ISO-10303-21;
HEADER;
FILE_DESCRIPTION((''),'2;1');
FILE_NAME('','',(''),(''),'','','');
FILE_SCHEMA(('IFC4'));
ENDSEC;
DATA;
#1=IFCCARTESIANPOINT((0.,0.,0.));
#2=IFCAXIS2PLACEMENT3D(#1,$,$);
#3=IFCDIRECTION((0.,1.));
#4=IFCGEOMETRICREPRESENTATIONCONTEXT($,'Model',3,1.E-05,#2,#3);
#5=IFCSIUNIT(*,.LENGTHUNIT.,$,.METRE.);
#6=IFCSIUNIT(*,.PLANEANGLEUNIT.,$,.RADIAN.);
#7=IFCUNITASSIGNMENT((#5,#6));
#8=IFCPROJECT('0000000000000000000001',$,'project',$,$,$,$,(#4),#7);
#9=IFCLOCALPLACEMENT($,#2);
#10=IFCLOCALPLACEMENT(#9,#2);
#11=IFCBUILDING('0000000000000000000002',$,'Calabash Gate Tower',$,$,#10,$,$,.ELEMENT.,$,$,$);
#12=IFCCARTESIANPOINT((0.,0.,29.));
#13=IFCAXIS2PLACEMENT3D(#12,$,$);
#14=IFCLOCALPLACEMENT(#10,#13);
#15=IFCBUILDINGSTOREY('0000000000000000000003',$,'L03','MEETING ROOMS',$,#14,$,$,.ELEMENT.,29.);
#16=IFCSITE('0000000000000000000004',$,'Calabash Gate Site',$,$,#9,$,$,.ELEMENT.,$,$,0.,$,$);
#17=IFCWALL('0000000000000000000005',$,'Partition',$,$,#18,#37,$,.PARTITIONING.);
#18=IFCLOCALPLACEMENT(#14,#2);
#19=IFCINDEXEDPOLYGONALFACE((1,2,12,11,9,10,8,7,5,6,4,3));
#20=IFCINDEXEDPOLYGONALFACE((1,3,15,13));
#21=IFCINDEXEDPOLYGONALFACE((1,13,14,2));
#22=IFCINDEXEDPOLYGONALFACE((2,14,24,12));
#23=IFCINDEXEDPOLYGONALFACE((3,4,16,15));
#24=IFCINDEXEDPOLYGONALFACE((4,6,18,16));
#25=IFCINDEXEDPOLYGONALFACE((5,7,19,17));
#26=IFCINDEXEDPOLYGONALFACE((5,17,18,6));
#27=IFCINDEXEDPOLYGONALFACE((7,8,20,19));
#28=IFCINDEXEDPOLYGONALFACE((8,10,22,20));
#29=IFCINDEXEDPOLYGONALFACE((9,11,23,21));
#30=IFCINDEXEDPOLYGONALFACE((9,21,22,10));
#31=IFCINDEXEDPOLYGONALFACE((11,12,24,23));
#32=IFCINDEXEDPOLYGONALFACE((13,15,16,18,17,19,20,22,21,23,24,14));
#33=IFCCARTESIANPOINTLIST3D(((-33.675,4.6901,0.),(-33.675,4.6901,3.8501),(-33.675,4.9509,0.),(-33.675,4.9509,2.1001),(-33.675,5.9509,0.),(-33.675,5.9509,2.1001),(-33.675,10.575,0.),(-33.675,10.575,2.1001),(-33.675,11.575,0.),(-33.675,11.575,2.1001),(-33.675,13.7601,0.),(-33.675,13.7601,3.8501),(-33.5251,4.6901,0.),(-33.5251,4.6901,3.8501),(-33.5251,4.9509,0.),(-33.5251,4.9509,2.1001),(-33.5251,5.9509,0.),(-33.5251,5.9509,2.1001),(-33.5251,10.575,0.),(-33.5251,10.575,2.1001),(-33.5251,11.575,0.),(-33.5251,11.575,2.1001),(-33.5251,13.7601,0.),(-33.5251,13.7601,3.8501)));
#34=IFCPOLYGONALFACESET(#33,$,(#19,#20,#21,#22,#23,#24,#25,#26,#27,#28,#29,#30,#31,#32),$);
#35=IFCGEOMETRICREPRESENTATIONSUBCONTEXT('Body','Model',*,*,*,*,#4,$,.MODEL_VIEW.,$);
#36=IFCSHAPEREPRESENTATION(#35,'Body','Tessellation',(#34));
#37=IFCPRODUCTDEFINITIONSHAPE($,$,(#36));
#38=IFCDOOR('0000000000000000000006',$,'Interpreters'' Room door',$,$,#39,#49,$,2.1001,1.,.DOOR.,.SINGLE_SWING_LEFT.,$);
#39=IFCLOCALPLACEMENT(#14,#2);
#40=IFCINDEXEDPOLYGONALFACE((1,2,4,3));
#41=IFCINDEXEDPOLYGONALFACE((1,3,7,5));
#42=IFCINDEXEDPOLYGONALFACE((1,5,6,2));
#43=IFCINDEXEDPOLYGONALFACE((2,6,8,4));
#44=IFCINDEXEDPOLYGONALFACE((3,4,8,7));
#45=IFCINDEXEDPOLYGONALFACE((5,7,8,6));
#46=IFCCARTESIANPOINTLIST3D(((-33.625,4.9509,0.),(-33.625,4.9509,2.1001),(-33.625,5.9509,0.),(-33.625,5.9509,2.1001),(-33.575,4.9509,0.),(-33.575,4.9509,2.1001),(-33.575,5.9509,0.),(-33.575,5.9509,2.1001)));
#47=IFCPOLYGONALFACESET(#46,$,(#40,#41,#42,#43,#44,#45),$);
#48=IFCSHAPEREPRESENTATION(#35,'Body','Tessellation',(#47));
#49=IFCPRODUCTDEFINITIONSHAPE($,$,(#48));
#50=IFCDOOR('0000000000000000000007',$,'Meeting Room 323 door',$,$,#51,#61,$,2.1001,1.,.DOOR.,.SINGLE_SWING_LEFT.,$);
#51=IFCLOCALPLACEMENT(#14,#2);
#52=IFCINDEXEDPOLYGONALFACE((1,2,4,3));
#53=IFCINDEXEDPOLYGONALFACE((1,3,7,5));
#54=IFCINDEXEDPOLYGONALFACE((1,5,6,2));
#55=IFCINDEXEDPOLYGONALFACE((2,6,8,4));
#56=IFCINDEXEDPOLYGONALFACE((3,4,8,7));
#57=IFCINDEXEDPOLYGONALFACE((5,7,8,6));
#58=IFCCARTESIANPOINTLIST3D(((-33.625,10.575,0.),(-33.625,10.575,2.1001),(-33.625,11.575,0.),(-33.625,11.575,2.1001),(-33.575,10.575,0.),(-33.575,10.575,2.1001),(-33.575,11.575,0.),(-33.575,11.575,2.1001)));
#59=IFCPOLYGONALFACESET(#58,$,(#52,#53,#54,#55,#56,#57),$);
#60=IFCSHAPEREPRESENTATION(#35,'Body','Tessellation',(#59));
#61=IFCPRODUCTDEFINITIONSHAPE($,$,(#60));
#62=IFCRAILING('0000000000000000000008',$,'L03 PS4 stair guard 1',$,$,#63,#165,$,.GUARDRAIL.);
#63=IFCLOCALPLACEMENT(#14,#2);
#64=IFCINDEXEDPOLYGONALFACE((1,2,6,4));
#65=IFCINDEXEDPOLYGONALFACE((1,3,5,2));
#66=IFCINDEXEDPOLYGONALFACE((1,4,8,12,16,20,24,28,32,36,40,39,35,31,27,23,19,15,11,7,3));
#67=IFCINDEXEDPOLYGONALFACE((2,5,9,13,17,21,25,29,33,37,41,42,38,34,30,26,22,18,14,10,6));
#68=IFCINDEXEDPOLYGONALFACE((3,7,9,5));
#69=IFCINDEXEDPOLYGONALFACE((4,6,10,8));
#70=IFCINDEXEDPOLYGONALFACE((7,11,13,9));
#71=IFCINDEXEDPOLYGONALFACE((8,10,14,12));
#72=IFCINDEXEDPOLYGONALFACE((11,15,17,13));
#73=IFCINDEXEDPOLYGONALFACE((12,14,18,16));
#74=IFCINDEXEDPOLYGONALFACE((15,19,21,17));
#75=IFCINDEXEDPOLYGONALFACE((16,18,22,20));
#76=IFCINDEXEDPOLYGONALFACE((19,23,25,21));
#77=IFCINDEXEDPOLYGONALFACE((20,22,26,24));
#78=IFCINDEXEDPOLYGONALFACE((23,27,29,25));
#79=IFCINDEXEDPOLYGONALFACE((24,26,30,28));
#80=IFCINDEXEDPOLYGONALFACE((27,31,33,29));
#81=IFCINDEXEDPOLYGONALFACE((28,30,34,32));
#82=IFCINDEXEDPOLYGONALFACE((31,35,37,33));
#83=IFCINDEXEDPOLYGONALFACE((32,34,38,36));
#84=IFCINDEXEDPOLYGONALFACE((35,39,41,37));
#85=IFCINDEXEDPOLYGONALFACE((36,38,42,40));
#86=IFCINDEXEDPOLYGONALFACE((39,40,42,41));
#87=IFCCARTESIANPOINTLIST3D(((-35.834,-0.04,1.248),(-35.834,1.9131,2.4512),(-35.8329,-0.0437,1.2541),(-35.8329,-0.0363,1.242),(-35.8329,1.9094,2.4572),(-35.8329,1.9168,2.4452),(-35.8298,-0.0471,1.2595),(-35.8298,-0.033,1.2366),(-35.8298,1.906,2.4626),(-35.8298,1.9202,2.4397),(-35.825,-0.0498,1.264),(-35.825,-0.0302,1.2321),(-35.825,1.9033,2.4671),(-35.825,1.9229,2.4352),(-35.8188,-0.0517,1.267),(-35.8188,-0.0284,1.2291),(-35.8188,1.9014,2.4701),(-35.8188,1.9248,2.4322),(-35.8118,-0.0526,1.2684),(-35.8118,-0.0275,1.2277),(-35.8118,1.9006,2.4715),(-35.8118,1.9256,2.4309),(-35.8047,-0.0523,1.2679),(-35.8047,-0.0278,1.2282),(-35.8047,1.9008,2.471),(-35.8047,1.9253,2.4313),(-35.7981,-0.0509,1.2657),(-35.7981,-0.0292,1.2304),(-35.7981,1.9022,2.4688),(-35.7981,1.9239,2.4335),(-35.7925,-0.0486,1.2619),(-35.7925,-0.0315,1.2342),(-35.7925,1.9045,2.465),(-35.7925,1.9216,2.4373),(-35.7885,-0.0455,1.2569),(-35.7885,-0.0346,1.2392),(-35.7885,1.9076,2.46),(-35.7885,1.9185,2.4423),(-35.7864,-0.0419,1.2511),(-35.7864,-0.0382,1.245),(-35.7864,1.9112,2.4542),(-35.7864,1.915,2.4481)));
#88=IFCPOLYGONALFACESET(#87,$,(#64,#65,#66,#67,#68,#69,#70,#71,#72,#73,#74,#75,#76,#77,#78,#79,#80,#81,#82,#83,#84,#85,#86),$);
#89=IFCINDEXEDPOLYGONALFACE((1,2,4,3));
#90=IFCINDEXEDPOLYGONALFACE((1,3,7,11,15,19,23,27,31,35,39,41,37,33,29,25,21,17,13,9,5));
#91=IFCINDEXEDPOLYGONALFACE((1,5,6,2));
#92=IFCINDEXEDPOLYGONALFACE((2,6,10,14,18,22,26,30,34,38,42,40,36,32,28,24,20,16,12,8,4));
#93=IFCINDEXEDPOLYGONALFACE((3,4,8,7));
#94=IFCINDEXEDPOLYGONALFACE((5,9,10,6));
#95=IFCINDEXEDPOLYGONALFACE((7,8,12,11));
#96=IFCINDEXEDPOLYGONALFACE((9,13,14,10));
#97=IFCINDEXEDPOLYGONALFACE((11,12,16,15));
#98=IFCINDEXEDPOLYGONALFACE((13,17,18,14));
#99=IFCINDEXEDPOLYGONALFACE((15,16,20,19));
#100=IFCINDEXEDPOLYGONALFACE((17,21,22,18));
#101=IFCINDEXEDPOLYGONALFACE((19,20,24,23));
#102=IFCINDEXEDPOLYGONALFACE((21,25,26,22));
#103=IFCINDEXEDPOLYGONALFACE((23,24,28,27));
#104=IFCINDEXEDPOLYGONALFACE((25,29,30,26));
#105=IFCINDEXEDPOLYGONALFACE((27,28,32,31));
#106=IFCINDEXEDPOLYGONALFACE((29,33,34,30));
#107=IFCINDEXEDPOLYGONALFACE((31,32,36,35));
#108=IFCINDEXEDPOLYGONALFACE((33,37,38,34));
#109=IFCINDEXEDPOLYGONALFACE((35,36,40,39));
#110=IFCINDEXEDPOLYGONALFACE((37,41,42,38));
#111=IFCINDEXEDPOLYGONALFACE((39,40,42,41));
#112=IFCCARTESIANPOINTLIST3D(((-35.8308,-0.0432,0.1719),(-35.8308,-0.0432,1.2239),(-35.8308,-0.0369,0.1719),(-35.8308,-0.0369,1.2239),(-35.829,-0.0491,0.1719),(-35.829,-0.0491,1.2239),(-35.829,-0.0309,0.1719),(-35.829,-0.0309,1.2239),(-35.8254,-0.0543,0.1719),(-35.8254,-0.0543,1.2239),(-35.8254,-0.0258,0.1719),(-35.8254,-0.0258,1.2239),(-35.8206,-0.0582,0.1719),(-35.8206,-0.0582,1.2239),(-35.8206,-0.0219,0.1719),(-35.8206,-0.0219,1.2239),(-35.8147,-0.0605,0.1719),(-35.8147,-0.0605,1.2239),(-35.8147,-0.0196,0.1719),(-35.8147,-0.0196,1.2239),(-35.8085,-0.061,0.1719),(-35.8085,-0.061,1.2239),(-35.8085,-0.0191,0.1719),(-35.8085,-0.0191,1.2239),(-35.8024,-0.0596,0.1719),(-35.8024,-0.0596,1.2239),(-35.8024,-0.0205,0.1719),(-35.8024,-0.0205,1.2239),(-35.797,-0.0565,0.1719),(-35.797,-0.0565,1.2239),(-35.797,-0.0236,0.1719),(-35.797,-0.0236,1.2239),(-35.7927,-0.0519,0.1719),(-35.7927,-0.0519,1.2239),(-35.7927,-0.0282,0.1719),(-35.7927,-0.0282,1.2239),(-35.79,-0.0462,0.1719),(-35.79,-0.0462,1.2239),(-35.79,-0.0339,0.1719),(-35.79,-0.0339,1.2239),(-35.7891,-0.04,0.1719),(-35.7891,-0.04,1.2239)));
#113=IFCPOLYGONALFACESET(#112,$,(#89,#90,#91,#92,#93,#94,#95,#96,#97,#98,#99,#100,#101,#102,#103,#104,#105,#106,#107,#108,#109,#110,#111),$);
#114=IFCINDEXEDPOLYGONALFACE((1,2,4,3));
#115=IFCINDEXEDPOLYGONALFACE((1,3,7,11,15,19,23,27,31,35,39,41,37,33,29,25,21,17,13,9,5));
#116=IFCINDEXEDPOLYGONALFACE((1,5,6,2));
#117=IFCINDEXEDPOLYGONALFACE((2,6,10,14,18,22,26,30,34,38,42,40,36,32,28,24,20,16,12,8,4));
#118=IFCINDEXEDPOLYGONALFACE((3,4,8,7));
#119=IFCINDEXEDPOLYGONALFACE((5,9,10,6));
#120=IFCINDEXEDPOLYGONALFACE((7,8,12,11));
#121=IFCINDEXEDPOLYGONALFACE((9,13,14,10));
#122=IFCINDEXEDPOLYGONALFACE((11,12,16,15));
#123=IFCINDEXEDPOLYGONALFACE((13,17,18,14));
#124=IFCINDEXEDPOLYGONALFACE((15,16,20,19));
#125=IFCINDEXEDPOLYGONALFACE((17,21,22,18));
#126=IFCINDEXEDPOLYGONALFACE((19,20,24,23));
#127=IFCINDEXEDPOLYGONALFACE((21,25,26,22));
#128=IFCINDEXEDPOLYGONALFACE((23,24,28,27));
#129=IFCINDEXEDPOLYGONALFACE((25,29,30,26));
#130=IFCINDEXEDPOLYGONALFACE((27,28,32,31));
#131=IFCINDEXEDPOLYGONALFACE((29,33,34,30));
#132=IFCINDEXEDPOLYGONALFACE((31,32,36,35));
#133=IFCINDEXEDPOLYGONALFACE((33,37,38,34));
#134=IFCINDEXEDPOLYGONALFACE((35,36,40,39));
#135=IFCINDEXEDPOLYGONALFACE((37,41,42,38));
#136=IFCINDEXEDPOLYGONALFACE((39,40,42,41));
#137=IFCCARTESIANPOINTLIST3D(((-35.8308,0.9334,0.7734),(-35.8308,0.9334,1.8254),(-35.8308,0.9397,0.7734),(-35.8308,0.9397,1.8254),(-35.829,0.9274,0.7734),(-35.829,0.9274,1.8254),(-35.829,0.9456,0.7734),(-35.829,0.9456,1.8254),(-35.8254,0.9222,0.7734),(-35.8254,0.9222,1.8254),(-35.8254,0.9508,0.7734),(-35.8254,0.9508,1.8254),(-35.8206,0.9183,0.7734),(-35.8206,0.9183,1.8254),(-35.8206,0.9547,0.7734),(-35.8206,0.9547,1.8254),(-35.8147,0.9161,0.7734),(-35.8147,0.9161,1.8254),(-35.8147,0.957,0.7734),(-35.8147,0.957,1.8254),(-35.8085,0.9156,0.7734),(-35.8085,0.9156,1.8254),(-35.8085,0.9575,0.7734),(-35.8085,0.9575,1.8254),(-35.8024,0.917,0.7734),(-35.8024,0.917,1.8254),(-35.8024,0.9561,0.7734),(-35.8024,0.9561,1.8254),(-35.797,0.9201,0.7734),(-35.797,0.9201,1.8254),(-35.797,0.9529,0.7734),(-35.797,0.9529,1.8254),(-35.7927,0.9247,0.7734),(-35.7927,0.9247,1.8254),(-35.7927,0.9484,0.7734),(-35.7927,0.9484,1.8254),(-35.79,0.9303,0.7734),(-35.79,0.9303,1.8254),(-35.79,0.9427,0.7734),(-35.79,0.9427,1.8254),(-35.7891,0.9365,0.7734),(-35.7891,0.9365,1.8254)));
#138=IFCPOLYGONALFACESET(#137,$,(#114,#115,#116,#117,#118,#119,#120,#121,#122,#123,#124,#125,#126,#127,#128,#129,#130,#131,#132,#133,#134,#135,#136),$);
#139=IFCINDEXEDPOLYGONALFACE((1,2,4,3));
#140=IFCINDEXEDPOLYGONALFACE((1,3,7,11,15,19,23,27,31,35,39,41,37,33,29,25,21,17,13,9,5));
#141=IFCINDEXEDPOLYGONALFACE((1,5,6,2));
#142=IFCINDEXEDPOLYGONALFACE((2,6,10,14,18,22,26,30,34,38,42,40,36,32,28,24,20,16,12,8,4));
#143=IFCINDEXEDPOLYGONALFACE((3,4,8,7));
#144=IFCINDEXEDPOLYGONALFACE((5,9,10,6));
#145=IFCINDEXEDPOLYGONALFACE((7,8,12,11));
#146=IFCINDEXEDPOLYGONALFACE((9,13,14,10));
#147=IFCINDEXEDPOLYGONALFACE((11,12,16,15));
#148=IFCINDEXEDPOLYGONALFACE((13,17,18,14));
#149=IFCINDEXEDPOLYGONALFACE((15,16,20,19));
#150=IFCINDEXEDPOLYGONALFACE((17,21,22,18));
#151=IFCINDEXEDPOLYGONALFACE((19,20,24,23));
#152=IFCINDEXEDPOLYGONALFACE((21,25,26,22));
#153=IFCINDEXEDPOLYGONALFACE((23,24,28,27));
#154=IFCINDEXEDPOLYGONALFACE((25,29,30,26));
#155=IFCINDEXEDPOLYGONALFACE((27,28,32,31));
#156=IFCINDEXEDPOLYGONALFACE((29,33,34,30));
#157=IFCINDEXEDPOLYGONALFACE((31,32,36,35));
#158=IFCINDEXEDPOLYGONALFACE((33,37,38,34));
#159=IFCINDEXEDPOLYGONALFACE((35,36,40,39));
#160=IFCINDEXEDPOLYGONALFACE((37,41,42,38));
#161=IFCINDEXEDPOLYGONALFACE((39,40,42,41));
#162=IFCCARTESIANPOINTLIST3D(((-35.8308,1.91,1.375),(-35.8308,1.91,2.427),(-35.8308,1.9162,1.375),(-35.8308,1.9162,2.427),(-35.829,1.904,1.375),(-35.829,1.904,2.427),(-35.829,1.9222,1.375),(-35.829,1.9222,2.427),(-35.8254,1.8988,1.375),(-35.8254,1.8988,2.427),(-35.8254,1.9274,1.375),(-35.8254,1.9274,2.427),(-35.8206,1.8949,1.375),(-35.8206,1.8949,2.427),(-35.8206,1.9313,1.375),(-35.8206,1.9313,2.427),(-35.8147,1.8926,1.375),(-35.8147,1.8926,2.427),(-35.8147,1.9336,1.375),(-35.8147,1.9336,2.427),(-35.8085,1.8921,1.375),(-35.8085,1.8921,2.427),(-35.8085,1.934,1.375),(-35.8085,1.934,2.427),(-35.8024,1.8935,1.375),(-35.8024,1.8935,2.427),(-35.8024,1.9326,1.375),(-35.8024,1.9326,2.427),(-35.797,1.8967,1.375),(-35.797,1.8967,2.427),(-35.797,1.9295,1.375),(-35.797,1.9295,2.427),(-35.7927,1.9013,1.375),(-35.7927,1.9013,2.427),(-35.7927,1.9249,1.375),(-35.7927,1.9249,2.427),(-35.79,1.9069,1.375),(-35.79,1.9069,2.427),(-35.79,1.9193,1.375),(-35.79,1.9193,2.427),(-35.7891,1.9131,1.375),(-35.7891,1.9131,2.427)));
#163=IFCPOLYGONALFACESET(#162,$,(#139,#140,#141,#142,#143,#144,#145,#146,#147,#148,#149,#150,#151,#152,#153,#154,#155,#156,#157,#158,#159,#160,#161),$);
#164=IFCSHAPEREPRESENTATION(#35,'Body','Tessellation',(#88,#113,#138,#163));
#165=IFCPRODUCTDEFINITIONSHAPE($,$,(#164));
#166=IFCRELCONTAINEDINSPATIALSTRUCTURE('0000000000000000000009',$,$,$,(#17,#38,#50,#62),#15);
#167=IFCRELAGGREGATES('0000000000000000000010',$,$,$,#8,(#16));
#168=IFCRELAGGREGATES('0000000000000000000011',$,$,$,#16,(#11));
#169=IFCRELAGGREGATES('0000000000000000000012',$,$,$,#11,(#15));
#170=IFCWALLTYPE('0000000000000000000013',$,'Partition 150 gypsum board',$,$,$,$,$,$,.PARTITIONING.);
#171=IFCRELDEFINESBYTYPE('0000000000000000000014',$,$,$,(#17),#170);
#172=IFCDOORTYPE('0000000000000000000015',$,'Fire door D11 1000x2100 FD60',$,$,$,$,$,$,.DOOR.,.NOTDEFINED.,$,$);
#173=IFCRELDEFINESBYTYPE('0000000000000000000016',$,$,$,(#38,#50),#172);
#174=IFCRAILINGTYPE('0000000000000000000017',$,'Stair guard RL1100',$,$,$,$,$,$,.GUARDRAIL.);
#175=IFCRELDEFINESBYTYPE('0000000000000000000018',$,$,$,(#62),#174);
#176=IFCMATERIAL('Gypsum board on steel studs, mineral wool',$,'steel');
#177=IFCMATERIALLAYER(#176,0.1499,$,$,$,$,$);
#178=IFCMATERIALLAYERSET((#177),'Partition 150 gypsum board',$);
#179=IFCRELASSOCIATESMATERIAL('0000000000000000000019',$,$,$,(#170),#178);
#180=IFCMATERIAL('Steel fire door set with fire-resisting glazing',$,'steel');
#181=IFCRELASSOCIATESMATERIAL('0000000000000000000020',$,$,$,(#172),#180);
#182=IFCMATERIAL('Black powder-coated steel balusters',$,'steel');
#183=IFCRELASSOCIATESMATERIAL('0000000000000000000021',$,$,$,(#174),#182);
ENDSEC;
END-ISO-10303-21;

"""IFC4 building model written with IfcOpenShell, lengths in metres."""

from ifc_helpers import new_model, si_unit, direction, frame, frame_2d, origin, origin_2d, place, context, subcontext, project, spatial, rectangle, circle, extrude, material, layer, layer_set, type_object, element, fill, save


model = new_model("IFC4")

# Units and contexts
model_context = context("Model", 3, precision=1e-05, world=origin(), true_north=direction((0.0, 1.0)))
body_context = subcontext(model_context, "Body", "Model", "MODEL_VIEW")
ifc_project = project(units=[si_unit("LENGTHUNIT", "METRE"), si_unit("PLANEANGLEUNIT", "RADIAN")], contexts=[model_context])

# Site, building, storey
site_placement = place(None, origin())
site = spatial("IfcSite", under=ifc_project, at=site_placement, Name="Calabash Gate Site", CompositionType="ELEMENT", RefElevation=0.0)
building_placement = place(site_placement, origin())
building = spatial("IfcBuilding", under=site, at=building_placement, Name="Calabash Gate Tower", CompositionType="ELEMENT")
storey_placement = place(building_placement, frame((0.0, 0.0, 29.0)))
storey = spatial("IfcBuildingStorey", under=building, at=storey_placement, Name="L03", Description="MEETING ROOMS", CompositionType="ELEMENT", Elevation=29.0)

# Wall, openings, doors
ifc_material_1 = material(Name="Gypsum board on steel studs, mineral wool", Category="steel")
ifc_layer_1 = layer(ifc_material_1, 0.1499)
ifc_layer_set_1 = layer_set([ifc_layer_1], Name="Partition 150 gypsum board")
wall_type_1 = type_object("IfcWallType", Name="Partition 150 gypsum board", PredefinedType="PARTITIONING", material=ifc_layer_set_1)
ifc_material_2 = material(Name="Steel fire door set with fire-resisting glazing", Category="steel")
door_type_1 = type_object("IfcDoorType", Name="Fire door D11 1000x2100 FD60", OperationType="NOTDEFINED", PredefinedType="DOOR", material=ifc_material_2)
wall_1_placement = place(storey_placement, frame((-33.6001, 4.6899, 0.0), z_axis=(0.0, 0.0, 1.0), x_axis=(0.0, 1.0, 0.0)))
wall_1 = element("IfcWall", 1, at=wall_1_placement, inside=storey, type_object=wall_type_1, Name="Partition", PredefinedType="PARTITIONING", context=body_context, shape_type="SweptSolid", body=[
    extrude(rectangle(XDim=9.0701, YDim=0.1499, at=frame_2d((4.5352, 0.0))), origin(), (0.0, 0.0, 1.0), 3.8501),
])
opening_1_placement = place(wall_1_placement, frame((0.261, 0.0, 0.0)))
opening_1 = element("IfcOpeningElement", 2, at=opening_1_placement, cuts=wall_1, PredefinedType="OPENING", context=body_context, shape_type="SweptSolid", body=[
    extrude(rectangle(XDim=1.0, YDim=2.1001, at=frame_2d((0.5, 1.05))), frame((0.0, 0.085, 0.0), z_axis=(0.0, -1.0, 0.0), x_axis=(1.0, 0.0, 0.0)), (0.0, 0.0, 1.0), 0.1699),
])
opening_2_placement = place(wall_1_placement, frame((5.885, 0.0, 0.0)))
opening_2 = element("IfcOpeningElement", 3, at=opening_2_placement, cuts=wall_1, PredefinedType="OPENING", context=body_context, shape_type="SweptSolid", body=[
    extrude(rectangle(XDim=1.0, YDim=2.1001, at=frame_2d((0.5, 1.05))), frame((0.0, 0.085, 0.0), z_axis=(0.0, -1.0, 0.0), x_axis=(1.0, 0.0, 0.0)), (0.0, 0.0, 1.0), 0.1699),
])
door_1_placement = place(opening_1_placement, origin())
door_1 = element("IfcDoor", 4, at=door_1_placement, inside=storey, type_object=door_type_1, Name="Interpreters' Room door", OperationType="SINGLE_SWING_LEFT", OverallHeight=2.1001, OverallWidth=1.0, PredefinedType="DOOR", context=body_context, shape_type="SweptSolid", body=[
    extrude(rectangle(XDim=1.0, YDim=2.1001, at=frame_2d((0.5, 1.05))), frame((0.0, 0.0249, 0.0), z_axis=(0.0, -1.0, 0.0), x_axis=(1.0, 0.0, 0.0)), (0.0, 0.0, 1.0), 0.05),
])
fill(opening_1, door_1)
door_2_placement = place(opening_2_placement, origin())
door_2 = element("IfcDoor", 5, at=door_2_placement, inside=storey, type_object=door_type_1, Name="Meeting Room 323 door", OperationType="SINGLE_SWING_LEFT", OverallHeight=2.1001, OverallWidth=1.0, PredefinedType="DOOR", context=body_context, shape_type="SweptSolid", body=[
    extrude(rectangle(XDim=1.0, YDim=2.1001, at=frame_2d((0.5, 1.05))), frame((0.0, 0.0249, 0.0), z_axis=(0.0, -1.0, 0.0), x_axis=(1.0, 0.0, 0.0)), (0.0, 0.0, 1.0), 0.05),
])
fill(opening_2, door_2)

# Railing
ifc_material_3 = material(Name="Black powder-coated steel balusters", Category="steel")
railing_type_1 = type_object("IfcRailingType", Name="Stair guard RL1100", PredefinedType="GUARDRAIL", material=ifc_material_3)
railing_1_placement = place(storey_placement, frame((-35.8101, -0.04, 0.1719)))
element("IfcRailing", 6, at=railing_1_placement, inside=storey, type_object=railing_type_1, Name="L03 PS4 stair guard 1", PredefinedType="GUARDRAIL", context=body_context, shape_type="SweptSolid", body=[
    extrude(circle(Radius=0.0239, at=origin_2d()), frame((0.0, 0.0, 1.0762), z_axis=(0.0, 0.851424, 0.524477), x_axis=(-1.0, 0.0, 0.0)), (0.0, 0.0, 1.0), 2.2939),
    extrude(circle(Radius=0.021, at=origin_2d()), origin(), (0.0, 0.0, 1.0), 1.052),
    extrude(circle(Radius=0.021, at=origin_2d()), frame((0.0, 0.9766, 0.6016)), (0.0, 0.0, 1.0), 1.052),
    extrude(circle(Radius=0.021, at=origin_2d()), frame((0.0, 1.9531, 1.2031)), (0.0, 0.0, 1.0), 1.052),
])

save(model, "model.ifc")
